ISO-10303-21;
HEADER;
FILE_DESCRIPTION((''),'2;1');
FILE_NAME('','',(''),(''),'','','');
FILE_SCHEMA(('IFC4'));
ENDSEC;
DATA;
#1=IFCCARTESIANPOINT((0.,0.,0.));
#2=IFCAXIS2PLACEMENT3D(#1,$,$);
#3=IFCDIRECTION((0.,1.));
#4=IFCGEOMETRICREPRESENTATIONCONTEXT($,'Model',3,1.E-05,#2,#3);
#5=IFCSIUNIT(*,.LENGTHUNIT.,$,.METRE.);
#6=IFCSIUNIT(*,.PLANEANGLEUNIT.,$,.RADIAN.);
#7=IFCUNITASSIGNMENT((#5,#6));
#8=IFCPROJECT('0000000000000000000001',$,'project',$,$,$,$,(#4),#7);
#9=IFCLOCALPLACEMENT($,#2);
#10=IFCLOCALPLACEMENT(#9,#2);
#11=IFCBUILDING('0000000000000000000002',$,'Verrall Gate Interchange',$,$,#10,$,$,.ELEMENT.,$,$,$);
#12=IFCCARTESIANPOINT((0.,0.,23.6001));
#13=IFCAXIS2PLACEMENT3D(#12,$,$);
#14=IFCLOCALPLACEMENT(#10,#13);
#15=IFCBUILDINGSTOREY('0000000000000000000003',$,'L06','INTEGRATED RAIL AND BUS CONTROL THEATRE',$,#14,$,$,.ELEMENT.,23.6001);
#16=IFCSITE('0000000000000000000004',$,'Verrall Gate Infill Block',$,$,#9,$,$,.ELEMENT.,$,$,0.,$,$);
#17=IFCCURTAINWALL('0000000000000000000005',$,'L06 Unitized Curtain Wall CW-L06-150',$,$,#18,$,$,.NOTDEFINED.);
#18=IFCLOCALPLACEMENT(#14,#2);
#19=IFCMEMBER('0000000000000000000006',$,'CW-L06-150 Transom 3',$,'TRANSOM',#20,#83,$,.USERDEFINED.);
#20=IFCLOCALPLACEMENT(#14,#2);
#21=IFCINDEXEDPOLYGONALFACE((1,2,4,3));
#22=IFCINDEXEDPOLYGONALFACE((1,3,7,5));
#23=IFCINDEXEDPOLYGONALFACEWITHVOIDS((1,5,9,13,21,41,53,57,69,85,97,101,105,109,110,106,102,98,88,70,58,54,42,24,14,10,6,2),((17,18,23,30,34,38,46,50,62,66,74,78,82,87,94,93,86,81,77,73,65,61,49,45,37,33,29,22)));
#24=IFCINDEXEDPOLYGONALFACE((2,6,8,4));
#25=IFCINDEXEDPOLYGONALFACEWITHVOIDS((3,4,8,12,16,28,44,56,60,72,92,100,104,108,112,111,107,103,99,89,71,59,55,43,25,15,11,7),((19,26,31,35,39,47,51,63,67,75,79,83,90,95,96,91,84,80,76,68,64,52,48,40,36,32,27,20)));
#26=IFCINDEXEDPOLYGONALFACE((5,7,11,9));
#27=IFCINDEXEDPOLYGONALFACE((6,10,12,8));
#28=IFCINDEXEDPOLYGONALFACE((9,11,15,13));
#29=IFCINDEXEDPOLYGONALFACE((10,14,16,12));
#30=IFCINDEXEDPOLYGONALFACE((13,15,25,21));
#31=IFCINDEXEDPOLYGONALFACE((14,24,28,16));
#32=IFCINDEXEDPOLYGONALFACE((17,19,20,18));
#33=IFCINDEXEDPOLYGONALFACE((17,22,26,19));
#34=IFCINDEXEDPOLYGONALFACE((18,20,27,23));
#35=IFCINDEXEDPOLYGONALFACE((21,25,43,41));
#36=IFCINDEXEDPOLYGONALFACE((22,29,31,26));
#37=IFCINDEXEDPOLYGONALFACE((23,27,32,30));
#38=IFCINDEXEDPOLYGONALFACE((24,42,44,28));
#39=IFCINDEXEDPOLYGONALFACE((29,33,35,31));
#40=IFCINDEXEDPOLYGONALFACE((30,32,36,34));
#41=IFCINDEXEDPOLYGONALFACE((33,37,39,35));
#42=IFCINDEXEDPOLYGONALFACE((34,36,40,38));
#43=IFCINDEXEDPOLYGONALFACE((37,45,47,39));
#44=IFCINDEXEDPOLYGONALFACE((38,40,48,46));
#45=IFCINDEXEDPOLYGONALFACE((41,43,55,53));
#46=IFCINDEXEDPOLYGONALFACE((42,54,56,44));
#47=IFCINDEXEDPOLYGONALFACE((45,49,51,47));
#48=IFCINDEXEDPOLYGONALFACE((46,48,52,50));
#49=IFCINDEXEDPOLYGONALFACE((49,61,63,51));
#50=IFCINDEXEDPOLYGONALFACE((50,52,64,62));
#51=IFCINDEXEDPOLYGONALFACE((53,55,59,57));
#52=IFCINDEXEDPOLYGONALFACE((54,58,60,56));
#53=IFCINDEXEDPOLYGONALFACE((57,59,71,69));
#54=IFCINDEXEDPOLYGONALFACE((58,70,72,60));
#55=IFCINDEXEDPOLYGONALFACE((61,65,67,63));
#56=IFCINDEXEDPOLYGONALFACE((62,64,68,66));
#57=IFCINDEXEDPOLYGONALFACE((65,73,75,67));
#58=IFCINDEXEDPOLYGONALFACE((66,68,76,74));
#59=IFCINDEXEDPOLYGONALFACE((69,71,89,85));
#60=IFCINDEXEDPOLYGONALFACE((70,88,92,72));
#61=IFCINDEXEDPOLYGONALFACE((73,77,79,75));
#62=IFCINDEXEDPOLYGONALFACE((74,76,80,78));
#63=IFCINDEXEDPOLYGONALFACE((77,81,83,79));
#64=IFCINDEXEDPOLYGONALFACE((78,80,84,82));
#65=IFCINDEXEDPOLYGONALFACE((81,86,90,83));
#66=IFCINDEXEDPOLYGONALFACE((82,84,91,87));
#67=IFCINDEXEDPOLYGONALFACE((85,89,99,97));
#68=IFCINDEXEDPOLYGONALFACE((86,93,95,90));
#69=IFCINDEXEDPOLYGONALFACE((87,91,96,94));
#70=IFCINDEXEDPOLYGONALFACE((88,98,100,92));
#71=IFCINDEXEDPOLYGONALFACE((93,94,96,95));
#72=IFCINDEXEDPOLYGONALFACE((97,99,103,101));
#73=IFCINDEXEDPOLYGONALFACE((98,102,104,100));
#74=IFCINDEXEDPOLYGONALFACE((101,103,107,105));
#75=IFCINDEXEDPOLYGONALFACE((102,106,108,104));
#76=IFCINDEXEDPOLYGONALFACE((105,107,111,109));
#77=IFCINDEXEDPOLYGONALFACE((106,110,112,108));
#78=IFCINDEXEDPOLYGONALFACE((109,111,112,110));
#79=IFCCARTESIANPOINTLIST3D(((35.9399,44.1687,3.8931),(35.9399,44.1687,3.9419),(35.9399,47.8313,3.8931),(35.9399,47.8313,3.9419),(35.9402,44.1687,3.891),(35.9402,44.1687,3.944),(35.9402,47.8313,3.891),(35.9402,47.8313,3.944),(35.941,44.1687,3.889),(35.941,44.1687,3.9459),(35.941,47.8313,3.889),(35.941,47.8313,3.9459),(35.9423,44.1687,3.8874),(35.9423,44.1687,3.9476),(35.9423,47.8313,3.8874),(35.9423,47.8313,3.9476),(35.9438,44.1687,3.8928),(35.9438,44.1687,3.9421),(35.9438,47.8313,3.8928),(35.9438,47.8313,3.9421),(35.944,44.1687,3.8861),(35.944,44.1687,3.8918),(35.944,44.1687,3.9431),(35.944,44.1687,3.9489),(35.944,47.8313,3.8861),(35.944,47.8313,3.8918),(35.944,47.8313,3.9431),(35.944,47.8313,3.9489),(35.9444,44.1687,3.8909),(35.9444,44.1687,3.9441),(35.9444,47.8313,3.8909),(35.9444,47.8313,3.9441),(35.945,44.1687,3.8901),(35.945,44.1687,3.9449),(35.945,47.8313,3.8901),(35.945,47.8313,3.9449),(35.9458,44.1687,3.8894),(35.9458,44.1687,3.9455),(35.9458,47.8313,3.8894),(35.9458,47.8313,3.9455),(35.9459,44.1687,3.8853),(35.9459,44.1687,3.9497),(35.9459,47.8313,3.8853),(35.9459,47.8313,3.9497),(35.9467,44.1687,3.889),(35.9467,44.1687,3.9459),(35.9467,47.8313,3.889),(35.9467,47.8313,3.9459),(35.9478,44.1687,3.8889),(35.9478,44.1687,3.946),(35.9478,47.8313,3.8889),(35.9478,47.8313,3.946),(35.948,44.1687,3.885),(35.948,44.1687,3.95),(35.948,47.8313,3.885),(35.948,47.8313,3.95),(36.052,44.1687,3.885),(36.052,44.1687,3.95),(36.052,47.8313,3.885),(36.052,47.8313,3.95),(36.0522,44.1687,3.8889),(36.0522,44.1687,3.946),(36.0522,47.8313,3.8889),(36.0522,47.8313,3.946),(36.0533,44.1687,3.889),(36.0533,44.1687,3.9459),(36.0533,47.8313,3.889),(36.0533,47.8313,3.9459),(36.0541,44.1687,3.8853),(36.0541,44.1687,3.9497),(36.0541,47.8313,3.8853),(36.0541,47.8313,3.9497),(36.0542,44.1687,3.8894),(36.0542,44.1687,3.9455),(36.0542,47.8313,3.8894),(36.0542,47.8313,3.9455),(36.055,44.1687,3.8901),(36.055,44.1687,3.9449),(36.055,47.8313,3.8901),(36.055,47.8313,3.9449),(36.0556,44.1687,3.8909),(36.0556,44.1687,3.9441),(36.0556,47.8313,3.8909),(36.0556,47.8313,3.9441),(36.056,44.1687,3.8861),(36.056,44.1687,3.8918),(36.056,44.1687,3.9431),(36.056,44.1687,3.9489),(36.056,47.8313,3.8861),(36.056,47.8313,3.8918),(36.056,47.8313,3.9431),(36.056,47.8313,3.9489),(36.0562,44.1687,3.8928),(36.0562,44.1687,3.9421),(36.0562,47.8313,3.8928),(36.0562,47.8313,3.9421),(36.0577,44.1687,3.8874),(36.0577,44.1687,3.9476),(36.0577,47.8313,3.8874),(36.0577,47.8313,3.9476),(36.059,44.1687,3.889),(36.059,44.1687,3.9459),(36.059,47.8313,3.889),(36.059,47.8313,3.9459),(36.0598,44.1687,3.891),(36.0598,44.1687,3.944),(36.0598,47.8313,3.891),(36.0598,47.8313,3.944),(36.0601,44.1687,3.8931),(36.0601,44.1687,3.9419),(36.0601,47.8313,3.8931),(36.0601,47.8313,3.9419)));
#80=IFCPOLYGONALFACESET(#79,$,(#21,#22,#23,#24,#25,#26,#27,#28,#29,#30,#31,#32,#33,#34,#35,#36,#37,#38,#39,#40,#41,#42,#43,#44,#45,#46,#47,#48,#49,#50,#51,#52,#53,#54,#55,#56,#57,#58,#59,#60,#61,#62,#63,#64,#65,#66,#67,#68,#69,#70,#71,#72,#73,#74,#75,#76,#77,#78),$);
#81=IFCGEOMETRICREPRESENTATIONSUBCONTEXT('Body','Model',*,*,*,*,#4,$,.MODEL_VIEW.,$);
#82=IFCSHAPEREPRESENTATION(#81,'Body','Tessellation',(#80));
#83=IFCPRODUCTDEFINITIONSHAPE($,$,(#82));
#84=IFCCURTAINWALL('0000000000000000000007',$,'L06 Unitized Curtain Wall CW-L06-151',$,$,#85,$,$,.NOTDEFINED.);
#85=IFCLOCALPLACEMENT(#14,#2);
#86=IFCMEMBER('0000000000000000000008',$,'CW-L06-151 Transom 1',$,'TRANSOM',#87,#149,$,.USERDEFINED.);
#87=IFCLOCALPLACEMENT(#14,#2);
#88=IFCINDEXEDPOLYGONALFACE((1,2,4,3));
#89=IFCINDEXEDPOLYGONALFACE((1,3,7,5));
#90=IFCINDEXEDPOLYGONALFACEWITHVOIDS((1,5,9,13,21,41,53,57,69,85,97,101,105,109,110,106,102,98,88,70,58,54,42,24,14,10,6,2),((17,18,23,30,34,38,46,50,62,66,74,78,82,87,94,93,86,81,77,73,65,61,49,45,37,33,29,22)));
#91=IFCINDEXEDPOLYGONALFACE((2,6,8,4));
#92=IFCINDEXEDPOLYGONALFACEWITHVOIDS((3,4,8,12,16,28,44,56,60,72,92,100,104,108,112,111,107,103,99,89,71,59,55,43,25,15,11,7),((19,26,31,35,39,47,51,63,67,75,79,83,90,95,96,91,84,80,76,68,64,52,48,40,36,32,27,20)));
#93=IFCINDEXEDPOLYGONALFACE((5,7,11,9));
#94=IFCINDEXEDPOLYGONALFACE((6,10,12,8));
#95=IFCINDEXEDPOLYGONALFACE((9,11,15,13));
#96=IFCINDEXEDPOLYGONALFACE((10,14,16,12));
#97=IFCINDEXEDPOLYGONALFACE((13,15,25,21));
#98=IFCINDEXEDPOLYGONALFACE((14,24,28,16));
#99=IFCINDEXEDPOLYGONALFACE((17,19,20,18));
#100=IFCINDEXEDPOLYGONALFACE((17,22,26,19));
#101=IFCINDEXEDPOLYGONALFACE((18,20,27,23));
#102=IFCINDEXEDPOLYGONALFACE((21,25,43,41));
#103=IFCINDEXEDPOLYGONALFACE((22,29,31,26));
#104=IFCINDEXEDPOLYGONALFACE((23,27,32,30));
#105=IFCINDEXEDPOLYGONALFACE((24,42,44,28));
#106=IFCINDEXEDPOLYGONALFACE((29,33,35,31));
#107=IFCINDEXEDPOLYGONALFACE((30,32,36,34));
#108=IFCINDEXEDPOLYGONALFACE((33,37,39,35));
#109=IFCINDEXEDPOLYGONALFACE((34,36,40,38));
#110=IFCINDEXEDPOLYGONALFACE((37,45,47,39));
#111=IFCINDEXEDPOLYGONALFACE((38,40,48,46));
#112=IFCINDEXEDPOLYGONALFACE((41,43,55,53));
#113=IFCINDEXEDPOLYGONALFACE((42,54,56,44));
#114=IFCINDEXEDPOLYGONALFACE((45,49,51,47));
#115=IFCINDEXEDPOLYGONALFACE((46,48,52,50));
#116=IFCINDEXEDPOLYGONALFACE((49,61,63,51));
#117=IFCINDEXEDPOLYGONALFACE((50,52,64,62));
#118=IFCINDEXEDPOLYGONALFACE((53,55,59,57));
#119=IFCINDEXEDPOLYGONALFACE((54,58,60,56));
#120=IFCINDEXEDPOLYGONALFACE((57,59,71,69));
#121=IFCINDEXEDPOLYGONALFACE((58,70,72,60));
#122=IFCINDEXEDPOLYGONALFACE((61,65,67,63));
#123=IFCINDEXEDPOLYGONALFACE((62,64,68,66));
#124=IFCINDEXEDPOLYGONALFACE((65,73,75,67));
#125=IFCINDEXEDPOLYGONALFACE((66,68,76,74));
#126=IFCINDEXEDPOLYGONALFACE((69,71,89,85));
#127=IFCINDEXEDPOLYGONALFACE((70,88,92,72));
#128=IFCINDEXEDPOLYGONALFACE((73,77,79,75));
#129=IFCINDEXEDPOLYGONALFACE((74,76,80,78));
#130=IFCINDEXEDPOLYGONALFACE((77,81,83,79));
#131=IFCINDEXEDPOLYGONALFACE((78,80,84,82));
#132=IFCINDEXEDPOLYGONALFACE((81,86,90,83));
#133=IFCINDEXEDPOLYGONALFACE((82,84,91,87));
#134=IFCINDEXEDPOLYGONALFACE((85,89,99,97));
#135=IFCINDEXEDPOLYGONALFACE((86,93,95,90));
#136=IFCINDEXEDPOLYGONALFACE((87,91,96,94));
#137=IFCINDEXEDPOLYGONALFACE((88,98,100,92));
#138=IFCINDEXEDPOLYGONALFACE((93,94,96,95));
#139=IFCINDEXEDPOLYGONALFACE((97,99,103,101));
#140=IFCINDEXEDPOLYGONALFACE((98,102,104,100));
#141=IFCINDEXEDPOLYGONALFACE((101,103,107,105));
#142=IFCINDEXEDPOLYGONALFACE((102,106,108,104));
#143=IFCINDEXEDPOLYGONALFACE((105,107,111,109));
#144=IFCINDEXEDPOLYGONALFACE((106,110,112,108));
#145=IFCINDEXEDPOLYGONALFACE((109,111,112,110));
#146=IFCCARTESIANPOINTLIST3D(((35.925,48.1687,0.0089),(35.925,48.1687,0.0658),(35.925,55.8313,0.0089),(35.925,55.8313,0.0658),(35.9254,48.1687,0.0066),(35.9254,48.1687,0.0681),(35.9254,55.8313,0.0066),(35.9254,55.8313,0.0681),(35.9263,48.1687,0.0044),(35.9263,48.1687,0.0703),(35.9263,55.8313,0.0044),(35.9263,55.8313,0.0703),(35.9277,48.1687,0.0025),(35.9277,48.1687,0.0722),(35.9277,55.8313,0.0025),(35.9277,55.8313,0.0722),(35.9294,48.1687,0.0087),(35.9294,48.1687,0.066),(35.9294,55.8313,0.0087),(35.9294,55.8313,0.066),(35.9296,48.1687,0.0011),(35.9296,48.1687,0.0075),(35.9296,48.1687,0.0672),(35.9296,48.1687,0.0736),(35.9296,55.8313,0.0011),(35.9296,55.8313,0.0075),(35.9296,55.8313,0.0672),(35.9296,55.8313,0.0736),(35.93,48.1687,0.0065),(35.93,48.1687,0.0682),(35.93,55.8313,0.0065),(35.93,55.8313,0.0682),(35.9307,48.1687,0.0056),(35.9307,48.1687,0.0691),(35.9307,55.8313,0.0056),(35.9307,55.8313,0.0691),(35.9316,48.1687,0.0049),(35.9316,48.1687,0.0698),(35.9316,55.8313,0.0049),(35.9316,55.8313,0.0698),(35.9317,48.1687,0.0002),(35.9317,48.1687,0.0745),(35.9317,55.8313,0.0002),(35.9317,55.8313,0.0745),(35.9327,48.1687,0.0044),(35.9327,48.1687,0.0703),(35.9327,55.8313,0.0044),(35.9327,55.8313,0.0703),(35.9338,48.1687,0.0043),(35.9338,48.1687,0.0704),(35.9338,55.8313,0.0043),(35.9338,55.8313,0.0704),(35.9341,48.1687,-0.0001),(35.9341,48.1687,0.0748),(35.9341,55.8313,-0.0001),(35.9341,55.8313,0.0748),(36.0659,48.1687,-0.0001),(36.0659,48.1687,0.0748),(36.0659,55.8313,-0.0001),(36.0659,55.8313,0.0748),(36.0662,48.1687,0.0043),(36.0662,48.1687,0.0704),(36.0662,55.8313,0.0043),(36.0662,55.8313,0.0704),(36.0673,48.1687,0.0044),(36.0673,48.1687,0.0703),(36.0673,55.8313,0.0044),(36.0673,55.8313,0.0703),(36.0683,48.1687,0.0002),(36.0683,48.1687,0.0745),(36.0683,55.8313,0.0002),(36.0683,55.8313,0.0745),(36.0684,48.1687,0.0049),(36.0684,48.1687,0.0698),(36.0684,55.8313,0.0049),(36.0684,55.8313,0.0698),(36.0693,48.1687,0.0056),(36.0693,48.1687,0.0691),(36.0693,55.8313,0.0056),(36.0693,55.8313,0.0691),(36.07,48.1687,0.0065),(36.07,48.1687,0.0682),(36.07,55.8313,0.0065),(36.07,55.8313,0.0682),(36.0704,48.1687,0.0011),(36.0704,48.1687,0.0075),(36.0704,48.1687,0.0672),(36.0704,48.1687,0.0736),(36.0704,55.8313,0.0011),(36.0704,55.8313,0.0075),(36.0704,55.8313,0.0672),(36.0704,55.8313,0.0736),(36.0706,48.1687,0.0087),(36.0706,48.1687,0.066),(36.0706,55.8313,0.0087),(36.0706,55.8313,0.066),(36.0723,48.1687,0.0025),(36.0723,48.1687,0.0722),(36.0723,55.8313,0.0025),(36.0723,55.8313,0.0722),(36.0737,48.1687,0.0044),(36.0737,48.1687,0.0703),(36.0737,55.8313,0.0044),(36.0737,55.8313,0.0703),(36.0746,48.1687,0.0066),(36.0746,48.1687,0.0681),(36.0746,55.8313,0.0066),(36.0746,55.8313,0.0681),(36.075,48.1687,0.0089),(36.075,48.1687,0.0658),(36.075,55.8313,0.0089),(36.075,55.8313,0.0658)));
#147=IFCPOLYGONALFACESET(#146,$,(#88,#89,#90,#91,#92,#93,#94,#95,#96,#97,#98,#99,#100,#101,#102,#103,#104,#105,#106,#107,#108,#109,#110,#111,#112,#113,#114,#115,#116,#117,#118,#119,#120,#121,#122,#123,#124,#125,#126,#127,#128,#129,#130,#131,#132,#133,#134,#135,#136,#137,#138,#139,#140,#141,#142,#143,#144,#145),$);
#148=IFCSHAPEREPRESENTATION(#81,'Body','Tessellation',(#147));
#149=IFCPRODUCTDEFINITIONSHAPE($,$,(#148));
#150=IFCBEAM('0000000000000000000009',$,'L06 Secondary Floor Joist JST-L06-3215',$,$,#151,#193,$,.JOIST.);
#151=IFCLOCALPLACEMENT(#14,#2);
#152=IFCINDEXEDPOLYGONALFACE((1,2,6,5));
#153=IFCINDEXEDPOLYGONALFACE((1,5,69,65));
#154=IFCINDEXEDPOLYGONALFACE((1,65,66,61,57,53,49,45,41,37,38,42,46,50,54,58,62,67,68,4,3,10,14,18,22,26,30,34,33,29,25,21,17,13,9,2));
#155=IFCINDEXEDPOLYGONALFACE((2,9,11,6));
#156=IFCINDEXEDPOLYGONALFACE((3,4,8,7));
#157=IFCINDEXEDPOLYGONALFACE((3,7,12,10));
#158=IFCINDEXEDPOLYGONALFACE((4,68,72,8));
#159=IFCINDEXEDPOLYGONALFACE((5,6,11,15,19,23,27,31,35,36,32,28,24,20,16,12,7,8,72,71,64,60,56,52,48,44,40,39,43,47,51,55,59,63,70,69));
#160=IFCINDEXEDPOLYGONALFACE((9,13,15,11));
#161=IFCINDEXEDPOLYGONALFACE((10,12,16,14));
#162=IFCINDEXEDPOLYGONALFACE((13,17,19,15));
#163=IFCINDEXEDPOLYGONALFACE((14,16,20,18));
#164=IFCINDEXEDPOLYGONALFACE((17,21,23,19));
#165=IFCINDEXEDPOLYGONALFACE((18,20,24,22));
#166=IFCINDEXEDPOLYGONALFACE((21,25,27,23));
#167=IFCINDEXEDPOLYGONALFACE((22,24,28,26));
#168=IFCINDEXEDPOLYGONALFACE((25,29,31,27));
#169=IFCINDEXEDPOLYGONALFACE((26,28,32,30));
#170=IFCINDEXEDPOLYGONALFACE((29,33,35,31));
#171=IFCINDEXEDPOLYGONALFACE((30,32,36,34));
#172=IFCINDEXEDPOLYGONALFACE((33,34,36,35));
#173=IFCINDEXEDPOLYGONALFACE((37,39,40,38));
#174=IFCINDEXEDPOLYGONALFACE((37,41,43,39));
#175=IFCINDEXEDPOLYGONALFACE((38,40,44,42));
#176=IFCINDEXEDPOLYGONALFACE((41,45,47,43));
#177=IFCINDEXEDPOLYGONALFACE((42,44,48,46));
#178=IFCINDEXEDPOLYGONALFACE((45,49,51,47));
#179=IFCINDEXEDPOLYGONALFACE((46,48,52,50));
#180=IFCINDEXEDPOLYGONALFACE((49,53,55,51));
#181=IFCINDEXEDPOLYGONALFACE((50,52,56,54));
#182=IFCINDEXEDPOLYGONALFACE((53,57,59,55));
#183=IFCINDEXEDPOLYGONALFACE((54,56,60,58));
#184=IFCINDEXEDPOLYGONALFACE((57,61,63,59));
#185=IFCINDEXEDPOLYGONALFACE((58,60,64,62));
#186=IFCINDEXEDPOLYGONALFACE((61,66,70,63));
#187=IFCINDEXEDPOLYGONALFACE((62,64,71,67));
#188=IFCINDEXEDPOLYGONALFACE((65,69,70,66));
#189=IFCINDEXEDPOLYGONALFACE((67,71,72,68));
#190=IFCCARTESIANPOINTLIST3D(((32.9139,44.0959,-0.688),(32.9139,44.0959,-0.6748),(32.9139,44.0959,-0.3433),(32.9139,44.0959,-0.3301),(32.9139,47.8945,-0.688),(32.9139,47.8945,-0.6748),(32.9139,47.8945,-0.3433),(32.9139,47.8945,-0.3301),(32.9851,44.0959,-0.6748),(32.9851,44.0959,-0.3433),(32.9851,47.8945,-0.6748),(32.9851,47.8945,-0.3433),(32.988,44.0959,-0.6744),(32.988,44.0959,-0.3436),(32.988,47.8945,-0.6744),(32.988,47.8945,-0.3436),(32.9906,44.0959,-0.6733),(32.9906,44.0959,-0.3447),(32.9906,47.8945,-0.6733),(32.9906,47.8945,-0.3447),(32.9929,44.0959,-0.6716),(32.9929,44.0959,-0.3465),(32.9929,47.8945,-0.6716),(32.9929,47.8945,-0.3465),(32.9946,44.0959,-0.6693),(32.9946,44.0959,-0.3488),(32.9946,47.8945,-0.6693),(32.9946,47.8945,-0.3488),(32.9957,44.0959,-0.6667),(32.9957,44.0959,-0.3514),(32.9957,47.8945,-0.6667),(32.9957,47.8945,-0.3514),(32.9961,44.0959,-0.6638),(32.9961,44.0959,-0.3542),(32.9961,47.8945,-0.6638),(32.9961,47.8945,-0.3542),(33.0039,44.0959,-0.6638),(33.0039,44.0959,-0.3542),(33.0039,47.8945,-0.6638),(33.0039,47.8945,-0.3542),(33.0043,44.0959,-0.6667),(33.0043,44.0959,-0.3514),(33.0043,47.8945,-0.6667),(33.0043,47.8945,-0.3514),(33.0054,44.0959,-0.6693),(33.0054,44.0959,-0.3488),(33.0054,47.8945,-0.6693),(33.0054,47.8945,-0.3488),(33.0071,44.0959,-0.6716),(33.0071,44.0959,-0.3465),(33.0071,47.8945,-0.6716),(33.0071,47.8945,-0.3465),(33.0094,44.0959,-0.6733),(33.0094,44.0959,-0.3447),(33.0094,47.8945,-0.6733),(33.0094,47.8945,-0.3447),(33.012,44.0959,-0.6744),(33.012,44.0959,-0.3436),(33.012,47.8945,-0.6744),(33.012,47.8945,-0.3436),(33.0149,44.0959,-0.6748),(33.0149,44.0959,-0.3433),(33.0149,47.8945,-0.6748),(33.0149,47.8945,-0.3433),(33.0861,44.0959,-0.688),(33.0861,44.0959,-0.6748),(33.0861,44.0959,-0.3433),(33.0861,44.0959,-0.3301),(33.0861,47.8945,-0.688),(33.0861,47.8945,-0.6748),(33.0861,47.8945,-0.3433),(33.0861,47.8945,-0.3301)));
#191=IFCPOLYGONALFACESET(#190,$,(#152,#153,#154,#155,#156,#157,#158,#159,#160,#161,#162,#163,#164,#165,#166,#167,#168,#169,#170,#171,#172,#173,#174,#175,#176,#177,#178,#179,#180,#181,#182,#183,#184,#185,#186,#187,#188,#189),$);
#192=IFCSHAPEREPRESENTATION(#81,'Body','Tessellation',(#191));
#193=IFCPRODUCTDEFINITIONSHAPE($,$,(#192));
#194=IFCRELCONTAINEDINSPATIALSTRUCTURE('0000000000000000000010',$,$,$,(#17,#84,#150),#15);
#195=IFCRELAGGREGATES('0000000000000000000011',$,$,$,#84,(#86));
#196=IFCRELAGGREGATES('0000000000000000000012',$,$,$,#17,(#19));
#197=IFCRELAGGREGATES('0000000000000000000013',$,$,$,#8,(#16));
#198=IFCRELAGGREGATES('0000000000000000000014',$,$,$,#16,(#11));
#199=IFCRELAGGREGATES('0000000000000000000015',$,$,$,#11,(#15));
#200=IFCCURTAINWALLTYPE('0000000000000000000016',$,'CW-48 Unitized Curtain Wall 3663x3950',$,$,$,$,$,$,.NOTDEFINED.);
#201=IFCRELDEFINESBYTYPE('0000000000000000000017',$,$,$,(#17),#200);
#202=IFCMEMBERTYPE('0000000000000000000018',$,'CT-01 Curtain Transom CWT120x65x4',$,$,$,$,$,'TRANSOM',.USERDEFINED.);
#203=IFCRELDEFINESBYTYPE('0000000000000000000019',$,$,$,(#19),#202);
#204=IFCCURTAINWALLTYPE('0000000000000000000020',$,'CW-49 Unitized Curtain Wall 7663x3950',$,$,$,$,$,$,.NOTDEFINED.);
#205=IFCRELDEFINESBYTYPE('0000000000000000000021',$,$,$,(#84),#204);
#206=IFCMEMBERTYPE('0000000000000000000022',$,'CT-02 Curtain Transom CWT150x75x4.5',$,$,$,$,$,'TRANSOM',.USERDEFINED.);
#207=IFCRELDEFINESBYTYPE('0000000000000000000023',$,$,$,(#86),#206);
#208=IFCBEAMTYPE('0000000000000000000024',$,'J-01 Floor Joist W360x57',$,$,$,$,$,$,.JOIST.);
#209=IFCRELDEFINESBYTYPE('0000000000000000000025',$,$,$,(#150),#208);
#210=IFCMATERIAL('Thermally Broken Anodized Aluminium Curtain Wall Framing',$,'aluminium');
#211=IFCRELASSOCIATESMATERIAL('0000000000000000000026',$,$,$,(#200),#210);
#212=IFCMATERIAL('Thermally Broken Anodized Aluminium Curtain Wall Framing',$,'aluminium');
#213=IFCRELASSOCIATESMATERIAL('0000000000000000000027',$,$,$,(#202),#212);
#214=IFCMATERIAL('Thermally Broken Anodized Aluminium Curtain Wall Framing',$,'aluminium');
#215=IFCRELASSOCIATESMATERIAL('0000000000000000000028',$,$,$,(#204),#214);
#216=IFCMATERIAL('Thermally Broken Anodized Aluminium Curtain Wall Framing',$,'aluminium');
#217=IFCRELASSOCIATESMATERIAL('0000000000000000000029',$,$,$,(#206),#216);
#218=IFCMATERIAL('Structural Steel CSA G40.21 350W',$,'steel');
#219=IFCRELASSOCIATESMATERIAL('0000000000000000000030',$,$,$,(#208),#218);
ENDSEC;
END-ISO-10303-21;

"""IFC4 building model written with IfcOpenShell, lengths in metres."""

from ifc_helpers import new_model, si_unit, direction, frame, origin, origin_2d, place, context, subcontext, project, spatial, hollow_rectangle, i_section, extrude, material, material_profile, profile_set, type_object, element, aggregate, save


model = new_model("IFC4")

# Units and contexts
model_context = context("Model", 3, precision=1e-05, world=origin(), true_north=direction((0.0, 1.0)))
body_context = subcontext(model_context, "Body", "Model", "MODEL_VIEW")
ifc_project = project(units=[si_unit("LENGTHUNIT", "METRE"), si_unit("PLANEANGLEUNIT", "RADIAN")], contexts=[model_context])

# Site, building, storey
site_placement = place(None, origin())
site = spatial("IfcSite", under=ifc_project, at=site_placement, Name="Verrall Gate Infill Block", CompositionType="ELEMENT", RefElevation=0.0)
building_placement = place(site_placement, origin())
building = spatial("IfcBuilding", under=site, at=building_placement, Name="Verrall Gate Interchange", CompositionType="ELEMENT")
storey_placement = place(building_placement, frame((0.0, 0.0, 23.6001)))
storey = spatial("IfcBuildingStorey", under=building, at=storey_placement, Name="L06", Description="INTEGRATED RAIL AND BUS CONTROL THEATRE", CompositionType="ELEMENT", Elevation=23.6001)

# Curtain wall
ifc_material_1 = material(Name="Thermally Broken Anodized Aluminium Curtain Wall Framing", Category="aluminium")
curtain_wall_type_1 = type_object("IfcCurtainWallType", Name="CW-48 Unitized Curtain Wall 3663x3950", PredefinedType="NOTDEFINED", material=ifc_material_1)
curtain_wall_1_placement = place(storey_placement, origin())
curtain_wall_1 = element("IfcCurtainWall", 1, at=curtain_wall_1_placement, inside=storey, type_object=curtain_wall_type_1, Name="L06 Unitized Curtain Wall CW-L06-150", PredefinedType="NOTDEFINED")

# Member
ifc_material_2 = material(Name="Thermally Broken Anodized Aluminium Curtain Wall Framing", Category="aluminium")
ifc_material_profile_1 = material_profile(ifc_material_2, hollow_rectangle(XDim=0.1201, YDim=0.0649, WallThickness=0.0039, InnerFilletRadius=0.0039, OuterFilletRadius=0.0081, at=origin_2d()), Name="CWT120x65x4")
ifc_profile_set_1 = profile_set([ifc_material_profile_1], Name="Thermally Broken Anodized Aluminium Curtain Wall Framing")
member_type_1 = type_object("IfcMemberType", Name="CT-01 Curtain Transom CWT120x65x4", ElementType="TRANSOM", PredefinedType="USERDEFINED", material=ifc_profile_set_1)
member_1_placement = place(storey_placement, frame((36.0, 44.1687, 3.9175), z_axis=(0.0, 1.0, 0.0), x_axis=(-1.0, 0.0, 0.0)))
member_1 = element("IfcMember", 2, at=member_1_placement, type_object=member_type_1, Name="CW-L06-150 Transom 3", ObjectType="TRANSOM", PredefinedType="USERDEFINED", context=body_context, shape_type="SweptSolid", body=[
    extrude(hollow_rectangle(XDim=0.1201, YDim=0.0649, WallThickness=0.0039, InnerFilletRadius=0.0039, OuterFilletRadius=0.0081, at=origin_2d()), origin(), (0.0, 0.0, 1.0), 3.6626),
])

# Curtain wall, member
ifc_material_3 = material(Name="Thermally Broken Anodized Aluminium Curtain Wall Framing", Category="aluminium")
curtain_wall_type_2 = type_object("IfcCurtainWallType", Name="CW-49 Unitized Curtain Wall 7663x3950", PredefinedType="NOTDEFINED", material=ifc_material_3)
curtain_wall_2_placement = place(storey_placement, origin())
curtain_wall_2 = element("IfcCurtainWall", 3, at=curtain_wall_2_placement, inside=storey, type_object=curtain_wall_type_2, Name="L06 Unitized Curtain Wall CW-L06-151", PredefinedType="NOTDEFINED")
ifc_material_4 = material(Name="Thermally Broken Anodized Aluminium Curtain Wall Framing", Category="aluminium")
ifc_material_profile_2 = material_profile(ifc_material_4, hollow_rectangle(XDim=0.1499, YDim=0.075, WallThickness=0.0044, InnerFilletRadius=0.0044, OuterFilletRadius=0.009, at=origin_2d()), Name="CWT150x75x4.5")
ifc_profile_set_2 = profile_set([ifc_material_profile_2], Name="Thermally Broken Anodized Aluminium Curtain Wall Framing")
member_type_2 = type_object("IfcMemberType", Name="CT-02 Curtain Transom CWT150x75x4.5", ElementType="TRANSOM", PredefinedType="USERDEFINED", material=ifc_profile_set_2)
member_2_placement = place(storey_placement, frame((36.0, 48.1687, 0.0374), z_axis=(0.0, 1.0, 0.0), x_axis=(-1.0, 0.0, 0.0)))
member_2 = element("IfcMember", 4, at=member_2_placement, type_object=member_type_2, Name="CW-L06-151 Transom 1", ObjectType="TRANSOM", PredefinedType="USERDEFINED", context=body_context, shape_type="SweptSolid", body=[
    extrude(hollow_rectangle(XDim=0.1499, YDim=0.075, WallThickness=0.0044, InnerFilletRadius=0.0044, OuterFilletRadius=0.009, at=origin_2d()), origin(), (0.0, 0.0, 1.0), 7.6626),
])
aggregate(curtain_wall_2, [member_2])

# Beam
ifc_material_5 = material(Name="Structural Steel CSA G40.21 350W", Category="steel")
ifc_material_profile_3 = material_profile(ifc_material_5, i_section(OverallWidth=0.1721, OverallDepth=0.3579, WebThickness=0.0078, FlangeThickness=0.0132, FilletRadius=0.011, at=origin_2d()), Name="W360x57")
ifc_profile_set_3 = profile_set([ifc_material_profile_3], Name="Structural Steel CSA G40.21 350W")
beam_type_1 = type_object("IfcBeamType", Name="J-01 Floor Joist W360x57", PredefinedType="JOIST", material=ifc_profile_set_3)
beam_1_placement = place(storey_placement, frame((33.0, 44.0959, -0.509), z_axis=(0.0, 1.0, 0.0), x_axis=(-1.0, 0.0, 0.0)))
element("IfcBeam", 5, at=beam_1_placement, inside=storey, type_object=beam_type_1, Name="L06 Secondary Floor Joist JST-L06-3215", PredefinedType="JOIST", context=body_context, shape_type="SweptSolid", body=[
    extrude(i_section(OverallWidth=0.1721, OverallDepth=0.3579, WebThickness=0.0078, FlangeThickness=0.0132, FilletRadius=0.011, at=origin_2d()), origin(), (0.0, 0.0, 1.0), 3.7986),
])

aggregate(curtain_wall_1, [member_1])

save(model, "model.ifc")
